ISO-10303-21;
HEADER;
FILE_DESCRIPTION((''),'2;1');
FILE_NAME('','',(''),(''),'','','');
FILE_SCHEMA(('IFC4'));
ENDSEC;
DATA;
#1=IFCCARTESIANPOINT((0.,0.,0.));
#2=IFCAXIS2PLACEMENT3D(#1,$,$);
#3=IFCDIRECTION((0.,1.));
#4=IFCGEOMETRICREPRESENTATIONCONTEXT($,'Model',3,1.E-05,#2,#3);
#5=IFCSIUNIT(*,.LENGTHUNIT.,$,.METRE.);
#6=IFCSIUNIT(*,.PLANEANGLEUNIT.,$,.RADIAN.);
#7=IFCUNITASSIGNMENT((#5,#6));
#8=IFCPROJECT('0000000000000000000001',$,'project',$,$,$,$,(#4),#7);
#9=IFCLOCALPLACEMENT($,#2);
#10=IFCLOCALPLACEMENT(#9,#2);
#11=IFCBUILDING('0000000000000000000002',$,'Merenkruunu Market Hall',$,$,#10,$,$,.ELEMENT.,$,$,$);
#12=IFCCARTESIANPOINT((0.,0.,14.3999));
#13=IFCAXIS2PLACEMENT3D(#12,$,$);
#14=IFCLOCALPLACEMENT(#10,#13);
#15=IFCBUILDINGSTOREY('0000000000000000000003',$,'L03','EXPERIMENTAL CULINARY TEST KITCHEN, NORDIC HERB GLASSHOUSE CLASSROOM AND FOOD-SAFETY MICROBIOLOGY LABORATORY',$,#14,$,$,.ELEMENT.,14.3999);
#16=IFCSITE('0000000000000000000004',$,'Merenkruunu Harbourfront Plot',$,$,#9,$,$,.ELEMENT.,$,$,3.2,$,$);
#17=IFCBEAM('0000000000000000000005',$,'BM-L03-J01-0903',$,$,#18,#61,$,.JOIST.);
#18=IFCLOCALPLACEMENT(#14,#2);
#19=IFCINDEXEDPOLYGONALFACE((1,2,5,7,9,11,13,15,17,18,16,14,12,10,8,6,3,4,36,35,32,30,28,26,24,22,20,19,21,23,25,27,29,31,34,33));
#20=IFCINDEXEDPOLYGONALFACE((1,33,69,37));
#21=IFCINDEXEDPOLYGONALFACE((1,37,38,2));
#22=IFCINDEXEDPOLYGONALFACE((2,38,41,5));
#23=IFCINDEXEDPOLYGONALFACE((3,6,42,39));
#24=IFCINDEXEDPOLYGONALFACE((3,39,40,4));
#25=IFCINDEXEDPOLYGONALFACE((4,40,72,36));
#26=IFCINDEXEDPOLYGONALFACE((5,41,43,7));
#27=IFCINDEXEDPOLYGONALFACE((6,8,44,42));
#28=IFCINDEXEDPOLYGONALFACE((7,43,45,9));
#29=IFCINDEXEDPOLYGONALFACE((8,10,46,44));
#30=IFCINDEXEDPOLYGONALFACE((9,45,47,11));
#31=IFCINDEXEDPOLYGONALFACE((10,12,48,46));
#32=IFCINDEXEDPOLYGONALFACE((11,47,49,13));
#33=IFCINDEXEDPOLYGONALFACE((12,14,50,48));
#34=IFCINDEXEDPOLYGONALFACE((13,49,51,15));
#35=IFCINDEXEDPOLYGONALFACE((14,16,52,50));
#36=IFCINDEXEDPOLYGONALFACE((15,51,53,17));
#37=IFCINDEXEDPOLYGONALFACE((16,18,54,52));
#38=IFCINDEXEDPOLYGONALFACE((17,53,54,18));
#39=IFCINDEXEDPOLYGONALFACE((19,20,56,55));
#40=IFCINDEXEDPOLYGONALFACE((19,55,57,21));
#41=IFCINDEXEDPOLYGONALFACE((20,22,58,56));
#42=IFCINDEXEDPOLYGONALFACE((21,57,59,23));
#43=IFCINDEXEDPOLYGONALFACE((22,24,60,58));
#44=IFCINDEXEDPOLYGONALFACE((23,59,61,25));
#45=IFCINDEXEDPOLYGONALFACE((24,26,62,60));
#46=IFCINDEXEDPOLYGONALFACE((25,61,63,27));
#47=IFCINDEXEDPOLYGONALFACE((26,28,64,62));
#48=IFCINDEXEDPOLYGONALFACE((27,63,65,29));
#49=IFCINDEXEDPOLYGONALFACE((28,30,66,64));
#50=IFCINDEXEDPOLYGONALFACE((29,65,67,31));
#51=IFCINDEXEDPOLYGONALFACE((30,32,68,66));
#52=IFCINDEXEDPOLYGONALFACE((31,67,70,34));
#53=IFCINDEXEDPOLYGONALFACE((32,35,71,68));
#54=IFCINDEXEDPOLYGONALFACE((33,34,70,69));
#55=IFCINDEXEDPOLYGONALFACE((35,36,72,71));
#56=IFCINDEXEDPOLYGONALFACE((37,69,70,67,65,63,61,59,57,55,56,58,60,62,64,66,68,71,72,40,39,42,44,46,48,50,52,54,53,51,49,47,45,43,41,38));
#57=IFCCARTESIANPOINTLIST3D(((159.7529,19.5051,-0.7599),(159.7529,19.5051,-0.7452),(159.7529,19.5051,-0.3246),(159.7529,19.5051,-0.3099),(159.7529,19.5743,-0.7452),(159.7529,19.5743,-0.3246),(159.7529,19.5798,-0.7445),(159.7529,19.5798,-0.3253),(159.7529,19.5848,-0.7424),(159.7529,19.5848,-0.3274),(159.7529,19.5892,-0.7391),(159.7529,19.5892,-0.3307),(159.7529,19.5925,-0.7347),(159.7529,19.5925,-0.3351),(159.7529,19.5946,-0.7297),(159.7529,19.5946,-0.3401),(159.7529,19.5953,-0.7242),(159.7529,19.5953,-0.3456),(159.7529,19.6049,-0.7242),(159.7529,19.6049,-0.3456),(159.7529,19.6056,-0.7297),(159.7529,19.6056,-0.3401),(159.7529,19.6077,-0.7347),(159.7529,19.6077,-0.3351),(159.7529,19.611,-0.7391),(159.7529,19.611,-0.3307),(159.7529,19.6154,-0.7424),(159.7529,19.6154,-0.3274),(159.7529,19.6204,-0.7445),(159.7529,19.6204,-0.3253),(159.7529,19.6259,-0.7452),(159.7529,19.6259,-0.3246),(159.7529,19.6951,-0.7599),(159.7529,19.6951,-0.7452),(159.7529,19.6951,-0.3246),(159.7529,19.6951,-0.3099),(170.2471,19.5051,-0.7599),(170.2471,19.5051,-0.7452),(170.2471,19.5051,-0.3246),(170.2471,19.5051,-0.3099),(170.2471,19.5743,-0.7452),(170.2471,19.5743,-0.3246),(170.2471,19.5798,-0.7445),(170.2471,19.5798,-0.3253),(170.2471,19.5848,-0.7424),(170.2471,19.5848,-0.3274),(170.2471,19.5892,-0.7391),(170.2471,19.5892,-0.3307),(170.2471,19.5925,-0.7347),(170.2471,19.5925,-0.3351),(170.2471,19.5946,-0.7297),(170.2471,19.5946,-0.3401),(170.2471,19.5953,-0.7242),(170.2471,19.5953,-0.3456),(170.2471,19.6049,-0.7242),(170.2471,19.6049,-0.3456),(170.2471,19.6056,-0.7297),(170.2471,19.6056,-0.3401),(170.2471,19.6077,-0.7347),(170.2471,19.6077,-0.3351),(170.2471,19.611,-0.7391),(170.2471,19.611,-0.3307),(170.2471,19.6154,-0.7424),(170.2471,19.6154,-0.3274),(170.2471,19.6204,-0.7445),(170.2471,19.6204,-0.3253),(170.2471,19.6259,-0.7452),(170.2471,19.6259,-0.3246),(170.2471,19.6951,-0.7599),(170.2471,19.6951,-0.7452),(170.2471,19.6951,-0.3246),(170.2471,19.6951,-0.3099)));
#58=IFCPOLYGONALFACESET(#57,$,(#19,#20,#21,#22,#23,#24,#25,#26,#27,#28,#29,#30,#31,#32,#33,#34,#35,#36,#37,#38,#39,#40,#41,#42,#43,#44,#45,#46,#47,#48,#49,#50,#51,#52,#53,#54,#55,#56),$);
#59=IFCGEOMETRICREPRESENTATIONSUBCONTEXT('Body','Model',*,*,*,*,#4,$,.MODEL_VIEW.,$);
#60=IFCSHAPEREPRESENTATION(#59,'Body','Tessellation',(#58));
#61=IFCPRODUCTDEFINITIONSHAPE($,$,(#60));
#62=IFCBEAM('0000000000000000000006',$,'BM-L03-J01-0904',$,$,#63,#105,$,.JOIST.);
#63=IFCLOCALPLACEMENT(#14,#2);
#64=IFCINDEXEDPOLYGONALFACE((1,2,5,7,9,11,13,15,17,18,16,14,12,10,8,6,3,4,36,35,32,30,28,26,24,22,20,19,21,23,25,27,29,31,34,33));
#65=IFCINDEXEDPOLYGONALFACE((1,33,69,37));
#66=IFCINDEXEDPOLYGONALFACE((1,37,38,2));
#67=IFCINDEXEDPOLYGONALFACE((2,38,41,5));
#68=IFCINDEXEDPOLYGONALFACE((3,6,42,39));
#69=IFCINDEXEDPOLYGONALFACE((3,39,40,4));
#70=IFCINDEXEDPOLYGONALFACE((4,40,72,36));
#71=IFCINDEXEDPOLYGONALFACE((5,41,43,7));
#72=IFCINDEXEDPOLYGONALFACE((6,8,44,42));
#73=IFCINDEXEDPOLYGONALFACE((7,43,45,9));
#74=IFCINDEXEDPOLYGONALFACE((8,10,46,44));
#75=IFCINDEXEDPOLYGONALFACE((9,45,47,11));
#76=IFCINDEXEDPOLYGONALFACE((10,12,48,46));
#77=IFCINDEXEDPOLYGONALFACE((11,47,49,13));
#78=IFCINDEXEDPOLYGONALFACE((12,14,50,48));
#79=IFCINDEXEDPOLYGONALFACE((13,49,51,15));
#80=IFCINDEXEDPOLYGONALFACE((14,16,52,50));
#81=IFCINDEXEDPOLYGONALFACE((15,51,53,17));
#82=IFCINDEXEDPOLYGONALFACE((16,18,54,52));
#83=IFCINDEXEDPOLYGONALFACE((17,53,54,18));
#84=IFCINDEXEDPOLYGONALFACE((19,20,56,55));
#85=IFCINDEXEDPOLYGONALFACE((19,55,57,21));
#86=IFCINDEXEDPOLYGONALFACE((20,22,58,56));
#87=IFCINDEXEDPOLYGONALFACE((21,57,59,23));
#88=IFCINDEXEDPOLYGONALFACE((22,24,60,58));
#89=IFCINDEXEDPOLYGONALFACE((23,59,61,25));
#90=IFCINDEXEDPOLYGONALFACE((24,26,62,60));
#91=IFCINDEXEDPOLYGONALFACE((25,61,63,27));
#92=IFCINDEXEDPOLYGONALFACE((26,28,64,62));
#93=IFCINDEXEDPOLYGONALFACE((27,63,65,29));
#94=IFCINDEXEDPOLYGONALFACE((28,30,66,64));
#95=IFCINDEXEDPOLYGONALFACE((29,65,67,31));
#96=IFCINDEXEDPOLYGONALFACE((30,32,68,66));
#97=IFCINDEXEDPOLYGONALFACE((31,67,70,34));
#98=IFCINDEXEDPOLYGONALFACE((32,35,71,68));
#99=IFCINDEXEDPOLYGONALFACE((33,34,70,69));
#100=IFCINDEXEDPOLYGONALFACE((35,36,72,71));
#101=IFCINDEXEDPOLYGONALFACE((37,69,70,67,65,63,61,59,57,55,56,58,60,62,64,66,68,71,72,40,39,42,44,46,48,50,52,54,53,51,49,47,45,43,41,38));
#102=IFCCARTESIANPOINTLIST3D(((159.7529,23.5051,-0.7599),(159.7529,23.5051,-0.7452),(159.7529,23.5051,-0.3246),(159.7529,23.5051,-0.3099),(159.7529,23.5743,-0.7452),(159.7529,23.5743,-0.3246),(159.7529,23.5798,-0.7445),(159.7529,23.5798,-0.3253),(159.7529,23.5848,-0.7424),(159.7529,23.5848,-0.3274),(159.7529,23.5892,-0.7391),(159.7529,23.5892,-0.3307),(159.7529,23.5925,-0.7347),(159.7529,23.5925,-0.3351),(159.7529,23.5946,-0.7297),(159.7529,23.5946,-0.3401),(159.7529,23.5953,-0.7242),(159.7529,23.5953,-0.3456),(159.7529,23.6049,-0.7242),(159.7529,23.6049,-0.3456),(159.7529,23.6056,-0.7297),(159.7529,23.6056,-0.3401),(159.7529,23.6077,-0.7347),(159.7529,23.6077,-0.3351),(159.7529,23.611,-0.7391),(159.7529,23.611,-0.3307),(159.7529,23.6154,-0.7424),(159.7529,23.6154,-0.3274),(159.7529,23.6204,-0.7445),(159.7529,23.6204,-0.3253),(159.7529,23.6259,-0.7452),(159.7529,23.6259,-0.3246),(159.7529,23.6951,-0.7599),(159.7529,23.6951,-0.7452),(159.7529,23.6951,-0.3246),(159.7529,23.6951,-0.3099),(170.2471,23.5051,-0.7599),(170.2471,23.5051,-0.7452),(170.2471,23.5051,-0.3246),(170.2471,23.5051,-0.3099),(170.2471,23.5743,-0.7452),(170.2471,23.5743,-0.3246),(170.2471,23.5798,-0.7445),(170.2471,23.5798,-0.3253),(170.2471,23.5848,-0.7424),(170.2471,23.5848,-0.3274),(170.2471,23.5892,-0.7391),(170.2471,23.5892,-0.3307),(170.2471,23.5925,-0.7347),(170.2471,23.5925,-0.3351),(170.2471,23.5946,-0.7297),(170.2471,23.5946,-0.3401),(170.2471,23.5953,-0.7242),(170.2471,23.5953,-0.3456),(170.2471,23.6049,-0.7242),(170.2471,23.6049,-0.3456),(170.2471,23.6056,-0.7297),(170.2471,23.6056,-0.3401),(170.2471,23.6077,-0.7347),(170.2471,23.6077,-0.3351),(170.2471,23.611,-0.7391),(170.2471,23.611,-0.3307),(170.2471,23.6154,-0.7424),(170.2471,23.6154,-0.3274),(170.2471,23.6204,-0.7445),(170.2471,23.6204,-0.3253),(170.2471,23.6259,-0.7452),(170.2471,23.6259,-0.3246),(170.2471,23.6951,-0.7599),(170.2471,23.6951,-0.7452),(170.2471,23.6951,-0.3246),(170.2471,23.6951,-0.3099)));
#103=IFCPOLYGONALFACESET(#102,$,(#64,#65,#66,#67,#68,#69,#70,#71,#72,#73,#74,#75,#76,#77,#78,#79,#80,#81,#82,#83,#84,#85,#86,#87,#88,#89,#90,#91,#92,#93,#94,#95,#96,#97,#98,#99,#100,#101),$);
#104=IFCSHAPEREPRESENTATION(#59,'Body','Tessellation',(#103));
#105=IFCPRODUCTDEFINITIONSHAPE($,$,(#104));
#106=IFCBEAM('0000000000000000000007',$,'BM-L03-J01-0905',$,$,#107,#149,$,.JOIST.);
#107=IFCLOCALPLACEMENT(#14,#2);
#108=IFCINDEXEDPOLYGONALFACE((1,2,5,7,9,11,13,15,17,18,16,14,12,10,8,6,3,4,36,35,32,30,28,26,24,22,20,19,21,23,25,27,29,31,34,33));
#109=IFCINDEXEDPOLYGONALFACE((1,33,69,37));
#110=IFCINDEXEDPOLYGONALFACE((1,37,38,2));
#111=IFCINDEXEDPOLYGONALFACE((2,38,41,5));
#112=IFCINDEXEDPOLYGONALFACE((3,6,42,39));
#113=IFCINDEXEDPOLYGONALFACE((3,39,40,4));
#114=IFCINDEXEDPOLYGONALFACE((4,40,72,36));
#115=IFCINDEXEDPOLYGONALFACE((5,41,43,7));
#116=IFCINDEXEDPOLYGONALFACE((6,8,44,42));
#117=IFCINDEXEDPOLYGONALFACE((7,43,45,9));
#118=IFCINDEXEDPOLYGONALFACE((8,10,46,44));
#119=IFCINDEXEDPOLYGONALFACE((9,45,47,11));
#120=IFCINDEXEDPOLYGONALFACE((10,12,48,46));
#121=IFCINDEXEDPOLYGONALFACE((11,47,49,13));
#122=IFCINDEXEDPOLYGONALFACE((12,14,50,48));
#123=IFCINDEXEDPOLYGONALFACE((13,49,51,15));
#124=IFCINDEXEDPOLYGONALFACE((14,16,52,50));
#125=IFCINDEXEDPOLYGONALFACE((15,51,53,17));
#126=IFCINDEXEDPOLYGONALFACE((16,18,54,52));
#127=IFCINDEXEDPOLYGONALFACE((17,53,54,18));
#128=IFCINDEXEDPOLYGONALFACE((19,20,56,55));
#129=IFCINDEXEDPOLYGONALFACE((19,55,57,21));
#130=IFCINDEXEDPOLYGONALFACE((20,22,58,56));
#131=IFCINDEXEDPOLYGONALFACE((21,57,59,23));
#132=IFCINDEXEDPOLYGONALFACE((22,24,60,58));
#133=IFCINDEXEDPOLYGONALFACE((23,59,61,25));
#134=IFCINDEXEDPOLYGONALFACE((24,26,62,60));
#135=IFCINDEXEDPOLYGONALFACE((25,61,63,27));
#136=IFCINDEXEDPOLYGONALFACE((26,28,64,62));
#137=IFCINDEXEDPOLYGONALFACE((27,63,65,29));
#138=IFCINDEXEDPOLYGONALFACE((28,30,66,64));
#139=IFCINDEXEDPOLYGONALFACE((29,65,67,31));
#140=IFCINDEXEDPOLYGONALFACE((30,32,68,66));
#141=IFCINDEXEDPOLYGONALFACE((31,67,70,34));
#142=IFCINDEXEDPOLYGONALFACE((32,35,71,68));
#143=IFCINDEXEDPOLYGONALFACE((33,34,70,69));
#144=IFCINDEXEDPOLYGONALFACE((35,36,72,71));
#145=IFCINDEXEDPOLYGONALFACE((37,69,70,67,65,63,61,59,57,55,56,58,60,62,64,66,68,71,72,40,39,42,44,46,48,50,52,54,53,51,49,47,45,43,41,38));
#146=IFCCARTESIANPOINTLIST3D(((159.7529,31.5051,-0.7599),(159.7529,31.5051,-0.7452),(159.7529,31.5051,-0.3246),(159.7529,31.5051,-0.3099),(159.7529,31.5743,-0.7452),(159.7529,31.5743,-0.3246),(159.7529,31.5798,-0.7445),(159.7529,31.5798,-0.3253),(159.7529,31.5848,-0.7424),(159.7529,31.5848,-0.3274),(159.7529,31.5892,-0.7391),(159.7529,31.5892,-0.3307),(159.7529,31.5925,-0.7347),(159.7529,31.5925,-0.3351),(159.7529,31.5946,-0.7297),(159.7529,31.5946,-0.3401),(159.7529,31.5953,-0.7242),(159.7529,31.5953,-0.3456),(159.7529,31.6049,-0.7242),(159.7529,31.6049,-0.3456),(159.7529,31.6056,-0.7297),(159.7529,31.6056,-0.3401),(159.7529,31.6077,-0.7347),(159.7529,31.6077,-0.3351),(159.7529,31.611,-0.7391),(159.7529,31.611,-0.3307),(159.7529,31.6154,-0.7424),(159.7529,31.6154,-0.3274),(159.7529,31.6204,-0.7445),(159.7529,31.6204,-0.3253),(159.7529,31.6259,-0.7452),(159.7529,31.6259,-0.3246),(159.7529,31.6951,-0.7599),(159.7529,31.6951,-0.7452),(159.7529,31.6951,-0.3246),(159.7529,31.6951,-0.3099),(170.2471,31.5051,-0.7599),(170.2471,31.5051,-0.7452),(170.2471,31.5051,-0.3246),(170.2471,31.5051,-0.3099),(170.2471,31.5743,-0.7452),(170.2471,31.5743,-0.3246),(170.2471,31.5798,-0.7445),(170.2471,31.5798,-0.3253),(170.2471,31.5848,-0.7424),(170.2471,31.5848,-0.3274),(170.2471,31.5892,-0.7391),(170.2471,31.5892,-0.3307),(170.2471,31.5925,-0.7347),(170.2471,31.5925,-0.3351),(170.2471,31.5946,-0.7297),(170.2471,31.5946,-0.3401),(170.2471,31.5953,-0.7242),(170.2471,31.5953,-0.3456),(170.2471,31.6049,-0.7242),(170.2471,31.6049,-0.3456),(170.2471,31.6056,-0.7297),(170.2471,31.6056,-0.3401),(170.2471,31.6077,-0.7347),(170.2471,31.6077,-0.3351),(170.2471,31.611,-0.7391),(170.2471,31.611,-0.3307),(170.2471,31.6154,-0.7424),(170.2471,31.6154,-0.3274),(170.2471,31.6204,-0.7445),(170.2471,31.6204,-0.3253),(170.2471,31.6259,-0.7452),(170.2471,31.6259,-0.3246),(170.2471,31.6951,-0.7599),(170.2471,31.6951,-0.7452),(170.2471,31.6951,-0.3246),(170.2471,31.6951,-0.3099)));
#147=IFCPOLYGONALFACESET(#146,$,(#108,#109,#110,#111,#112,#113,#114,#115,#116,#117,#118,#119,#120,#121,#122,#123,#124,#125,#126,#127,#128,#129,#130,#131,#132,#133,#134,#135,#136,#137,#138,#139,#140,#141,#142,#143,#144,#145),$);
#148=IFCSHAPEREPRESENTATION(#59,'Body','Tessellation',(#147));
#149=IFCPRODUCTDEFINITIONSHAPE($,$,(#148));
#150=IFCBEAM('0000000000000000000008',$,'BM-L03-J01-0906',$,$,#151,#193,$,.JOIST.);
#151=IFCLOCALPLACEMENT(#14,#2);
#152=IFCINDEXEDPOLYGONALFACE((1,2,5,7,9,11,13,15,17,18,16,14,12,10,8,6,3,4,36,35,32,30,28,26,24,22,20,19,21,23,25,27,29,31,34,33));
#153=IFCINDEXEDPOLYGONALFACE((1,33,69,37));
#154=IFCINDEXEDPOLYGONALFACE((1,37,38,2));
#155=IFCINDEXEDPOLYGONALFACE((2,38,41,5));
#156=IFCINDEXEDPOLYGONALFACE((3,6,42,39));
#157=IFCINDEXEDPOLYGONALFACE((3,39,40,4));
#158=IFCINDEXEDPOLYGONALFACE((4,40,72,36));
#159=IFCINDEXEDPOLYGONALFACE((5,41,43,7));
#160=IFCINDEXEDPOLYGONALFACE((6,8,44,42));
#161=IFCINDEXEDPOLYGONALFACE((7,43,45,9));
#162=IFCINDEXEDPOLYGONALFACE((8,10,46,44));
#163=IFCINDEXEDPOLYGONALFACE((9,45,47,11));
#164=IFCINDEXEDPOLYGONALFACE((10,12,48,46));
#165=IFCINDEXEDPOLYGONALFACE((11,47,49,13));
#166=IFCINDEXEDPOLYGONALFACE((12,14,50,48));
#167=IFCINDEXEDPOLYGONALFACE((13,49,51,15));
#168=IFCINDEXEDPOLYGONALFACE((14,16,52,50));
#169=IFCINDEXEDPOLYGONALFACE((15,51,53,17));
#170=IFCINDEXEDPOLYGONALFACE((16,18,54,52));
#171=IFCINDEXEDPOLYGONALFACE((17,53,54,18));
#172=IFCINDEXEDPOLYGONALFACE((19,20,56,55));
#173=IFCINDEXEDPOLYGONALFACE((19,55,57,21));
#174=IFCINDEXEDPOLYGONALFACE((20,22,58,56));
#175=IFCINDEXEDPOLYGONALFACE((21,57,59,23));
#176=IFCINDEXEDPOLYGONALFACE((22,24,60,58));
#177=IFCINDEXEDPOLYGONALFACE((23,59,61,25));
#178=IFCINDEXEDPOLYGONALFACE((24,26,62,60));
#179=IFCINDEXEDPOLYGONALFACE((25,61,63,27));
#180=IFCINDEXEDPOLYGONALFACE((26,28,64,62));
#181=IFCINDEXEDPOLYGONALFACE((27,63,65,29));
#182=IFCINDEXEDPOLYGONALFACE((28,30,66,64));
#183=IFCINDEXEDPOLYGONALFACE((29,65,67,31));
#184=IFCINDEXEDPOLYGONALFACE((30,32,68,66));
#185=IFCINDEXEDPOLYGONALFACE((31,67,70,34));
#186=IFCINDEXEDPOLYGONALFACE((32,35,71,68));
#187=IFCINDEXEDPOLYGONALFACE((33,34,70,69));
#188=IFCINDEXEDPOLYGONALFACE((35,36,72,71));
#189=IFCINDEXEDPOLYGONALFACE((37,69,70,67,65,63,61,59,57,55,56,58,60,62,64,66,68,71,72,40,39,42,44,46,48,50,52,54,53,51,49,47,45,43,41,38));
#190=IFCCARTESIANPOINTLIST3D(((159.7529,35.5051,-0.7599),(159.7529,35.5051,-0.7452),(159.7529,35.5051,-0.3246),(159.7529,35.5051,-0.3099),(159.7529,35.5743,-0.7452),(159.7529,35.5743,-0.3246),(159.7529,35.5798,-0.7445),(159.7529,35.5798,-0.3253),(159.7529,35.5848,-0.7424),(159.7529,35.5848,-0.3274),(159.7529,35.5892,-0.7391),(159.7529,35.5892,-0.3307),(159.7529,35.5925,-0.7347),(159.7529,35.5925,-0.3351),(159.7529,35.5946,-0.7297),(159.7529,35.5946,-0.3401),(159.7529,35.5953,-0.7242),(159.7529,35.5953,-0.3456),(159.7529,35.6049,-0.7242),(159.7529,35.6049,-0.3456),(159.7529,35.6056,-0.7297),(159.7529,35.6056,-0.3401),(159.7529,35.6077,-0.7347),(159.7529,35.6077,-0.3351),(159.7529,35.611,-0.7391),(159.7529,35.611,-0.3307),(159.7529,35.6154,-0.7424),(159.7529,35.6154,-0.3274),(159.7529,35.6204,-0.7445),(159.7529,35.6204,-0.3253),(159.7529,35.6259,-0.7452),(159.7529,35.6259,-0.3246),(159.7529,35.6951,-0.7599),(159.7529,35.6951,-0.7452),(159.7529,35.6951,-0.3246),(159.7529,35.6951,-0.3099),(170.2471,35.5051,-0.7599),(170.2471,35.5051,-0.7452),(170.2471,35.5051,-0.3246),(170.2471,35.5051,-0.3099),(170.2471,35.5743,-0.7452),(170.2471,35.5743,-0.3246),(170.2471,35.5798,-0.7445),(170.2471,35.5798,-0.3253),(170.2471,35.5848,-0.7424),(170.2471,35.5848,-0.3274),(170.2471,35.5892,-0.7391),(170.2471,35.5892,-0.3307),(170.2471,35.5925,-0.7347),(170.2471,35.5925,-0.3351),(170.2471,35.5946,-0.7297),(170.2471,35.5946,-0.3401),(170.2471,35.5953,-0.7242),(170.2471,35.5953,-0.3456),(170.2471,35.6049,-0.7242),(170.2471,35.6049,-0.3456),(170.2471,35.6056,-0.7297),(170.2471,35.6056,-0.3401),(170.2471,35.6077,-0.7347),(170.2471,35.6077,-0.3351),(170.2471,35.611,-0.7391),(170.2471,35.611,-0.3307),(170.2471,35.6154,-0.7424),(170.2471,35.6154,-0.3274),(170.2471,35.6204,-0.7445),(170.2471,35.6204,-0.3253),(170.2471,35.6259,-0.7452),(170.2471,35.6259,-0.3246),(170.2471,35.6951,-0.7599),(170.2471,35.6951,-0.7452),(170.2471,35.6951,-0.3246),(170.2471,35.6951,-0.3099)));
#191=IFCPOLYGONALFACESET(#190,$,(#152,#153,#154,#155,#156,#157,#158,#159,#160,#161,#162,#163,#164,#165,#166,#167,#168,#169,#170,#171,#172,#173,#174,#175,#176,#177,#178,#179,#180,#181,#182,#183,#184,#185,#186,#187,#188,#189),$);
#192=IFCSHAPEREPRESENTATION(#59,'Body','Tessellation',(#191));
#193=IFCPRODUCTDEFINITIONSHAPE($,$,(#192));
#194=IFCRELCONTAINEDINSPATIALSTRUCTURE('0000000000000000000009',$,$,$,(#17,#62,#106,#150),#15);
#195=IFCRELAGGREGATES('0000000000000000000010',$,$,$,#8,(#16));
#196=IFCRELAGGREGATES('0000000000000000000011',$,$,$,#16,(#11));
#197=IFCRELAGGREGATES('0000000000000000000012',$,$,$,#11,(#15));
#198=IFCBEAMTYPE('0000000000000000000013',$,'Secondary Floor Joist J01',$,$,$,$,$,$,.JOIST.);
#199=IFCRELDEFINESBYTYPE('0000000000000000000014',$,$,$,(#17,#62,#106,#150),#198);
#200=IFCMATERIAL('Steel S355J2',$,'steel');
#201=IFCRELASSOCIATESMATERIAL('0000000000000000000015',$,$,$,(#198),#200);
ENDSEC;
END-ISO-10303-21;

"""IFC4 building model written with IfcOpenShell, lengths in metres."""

from ifc_helpers import new_model, si_unit, direction, frame, origin, origin_2d, place, context, subcontext, project, spatial, i_section, extrude, material, material_profile, profile_set, type_object, element, save


model = new_model("IFC4")

# Units and contexts
model_context = context("Model", 3, precision=1e-05, world=origin(), true_north=direction((0.0, 1.0)))
body_context = subcontext(model_context, "Body", "Model", "MODEL_VIEW")
ifc_project = project(units=[si_unit("LENGTHUNIT", "METRE"), si_unit("PLANEANGLEUNIT", "RADIAN")], contexts=[model_context])

# Site, building, storey
site_placement = place(None, origin())
site = spatial("IfcSite", under=ifc_project, at=site_placement, Name="Merenkruunu Harbourfront Plot", CompositionType="ELEMENT", RefElevation=3.2)
building_placement = place(site_placement, origin())
building = spatial("IfcBuilding", under=site, at=building_placement, Name="Merenkruunu Market Hall", CompositionType="ELEMENT")
storey_placement = place(building_placement, frame((0.0, 0.0, 14.3999)))
storey = spatial("IfcBuildingStorey", under=building, at=storey_placement, Name="L03", Description="EXPERIMENTAL CULINARY TEST KITCHEN, NORDIC HERB GLASSHOUSE CLASSROOM AND FOOD-SAFETY MICROBIOLOGY LABORATORY", CompositionType="ELEMENT", Elevation=14.3999)

# Shared definitions
ifc_material_1 = material(Name="Steel S355J2", Category="steel")

# Beams
ifc_material_profile_1 = material_profile(ifc_material_1, i_section(OverallWidth=0.1899, OverallDepth=0.45, WebThickness=0.0095, FlangeThickness=0.0146, FilletRadius=0.021, at=origin_2d()), Name="IPE 450")
ifc_profile_set_1 = profile_set([ifc_material_profile_1], Name="Steel S355J2")
beam_type_1 = type_object("IfcBeamType", Name="Secondary Floor Joist J01", PredefinedType="JOIST", material=ifc_profile_set_1)
for number, where, z_axis, x_axis, name in (
    (1, (159.7529, 19.6001, -0.5349), (1.0, 0.0, 0.0), (0.0, 1.0, 0.0), "BM-L03-J01-0903"),
    (2, (159.7529, 23.6001, -0.5349), (1.0, 0.0, 0.0), (0.0, 1.0, 0.0), "BM-L03-J01-0904"),
    (3, (159.7529, 31.6001, -0.5349), (1.0, 0.0, 0.0), (0.0, 1.0, 0.0), "BM-L03-J01-0905"),
    (4, (159.7529, 35.6001, -0.5349), (1.0, 0.0, 0.0), (0.0, 1.0, 0.0), "BM-L03-J01-0906"),
):
    element("IfcBeam", number, at=place(storey_placement, frame(where, z_axis=z_axis, x_axis=x_axis)), inside=storey, type_object=beam_type_1, Name=name, PredefinedType="JOIST", context=body_context, shape_type="SweptSolid", body=[
        extrude(i_section(OverallWidth=0.1899, OverallDepth=0.45, WebThickness=0.0095, FlangeThickness=0.0146, FilletRadius=0.021, at=origin_2d()), origin(), (0.0, 0.0, 1.0), 10.4941),
    ])

save(model, "model.ifc")
